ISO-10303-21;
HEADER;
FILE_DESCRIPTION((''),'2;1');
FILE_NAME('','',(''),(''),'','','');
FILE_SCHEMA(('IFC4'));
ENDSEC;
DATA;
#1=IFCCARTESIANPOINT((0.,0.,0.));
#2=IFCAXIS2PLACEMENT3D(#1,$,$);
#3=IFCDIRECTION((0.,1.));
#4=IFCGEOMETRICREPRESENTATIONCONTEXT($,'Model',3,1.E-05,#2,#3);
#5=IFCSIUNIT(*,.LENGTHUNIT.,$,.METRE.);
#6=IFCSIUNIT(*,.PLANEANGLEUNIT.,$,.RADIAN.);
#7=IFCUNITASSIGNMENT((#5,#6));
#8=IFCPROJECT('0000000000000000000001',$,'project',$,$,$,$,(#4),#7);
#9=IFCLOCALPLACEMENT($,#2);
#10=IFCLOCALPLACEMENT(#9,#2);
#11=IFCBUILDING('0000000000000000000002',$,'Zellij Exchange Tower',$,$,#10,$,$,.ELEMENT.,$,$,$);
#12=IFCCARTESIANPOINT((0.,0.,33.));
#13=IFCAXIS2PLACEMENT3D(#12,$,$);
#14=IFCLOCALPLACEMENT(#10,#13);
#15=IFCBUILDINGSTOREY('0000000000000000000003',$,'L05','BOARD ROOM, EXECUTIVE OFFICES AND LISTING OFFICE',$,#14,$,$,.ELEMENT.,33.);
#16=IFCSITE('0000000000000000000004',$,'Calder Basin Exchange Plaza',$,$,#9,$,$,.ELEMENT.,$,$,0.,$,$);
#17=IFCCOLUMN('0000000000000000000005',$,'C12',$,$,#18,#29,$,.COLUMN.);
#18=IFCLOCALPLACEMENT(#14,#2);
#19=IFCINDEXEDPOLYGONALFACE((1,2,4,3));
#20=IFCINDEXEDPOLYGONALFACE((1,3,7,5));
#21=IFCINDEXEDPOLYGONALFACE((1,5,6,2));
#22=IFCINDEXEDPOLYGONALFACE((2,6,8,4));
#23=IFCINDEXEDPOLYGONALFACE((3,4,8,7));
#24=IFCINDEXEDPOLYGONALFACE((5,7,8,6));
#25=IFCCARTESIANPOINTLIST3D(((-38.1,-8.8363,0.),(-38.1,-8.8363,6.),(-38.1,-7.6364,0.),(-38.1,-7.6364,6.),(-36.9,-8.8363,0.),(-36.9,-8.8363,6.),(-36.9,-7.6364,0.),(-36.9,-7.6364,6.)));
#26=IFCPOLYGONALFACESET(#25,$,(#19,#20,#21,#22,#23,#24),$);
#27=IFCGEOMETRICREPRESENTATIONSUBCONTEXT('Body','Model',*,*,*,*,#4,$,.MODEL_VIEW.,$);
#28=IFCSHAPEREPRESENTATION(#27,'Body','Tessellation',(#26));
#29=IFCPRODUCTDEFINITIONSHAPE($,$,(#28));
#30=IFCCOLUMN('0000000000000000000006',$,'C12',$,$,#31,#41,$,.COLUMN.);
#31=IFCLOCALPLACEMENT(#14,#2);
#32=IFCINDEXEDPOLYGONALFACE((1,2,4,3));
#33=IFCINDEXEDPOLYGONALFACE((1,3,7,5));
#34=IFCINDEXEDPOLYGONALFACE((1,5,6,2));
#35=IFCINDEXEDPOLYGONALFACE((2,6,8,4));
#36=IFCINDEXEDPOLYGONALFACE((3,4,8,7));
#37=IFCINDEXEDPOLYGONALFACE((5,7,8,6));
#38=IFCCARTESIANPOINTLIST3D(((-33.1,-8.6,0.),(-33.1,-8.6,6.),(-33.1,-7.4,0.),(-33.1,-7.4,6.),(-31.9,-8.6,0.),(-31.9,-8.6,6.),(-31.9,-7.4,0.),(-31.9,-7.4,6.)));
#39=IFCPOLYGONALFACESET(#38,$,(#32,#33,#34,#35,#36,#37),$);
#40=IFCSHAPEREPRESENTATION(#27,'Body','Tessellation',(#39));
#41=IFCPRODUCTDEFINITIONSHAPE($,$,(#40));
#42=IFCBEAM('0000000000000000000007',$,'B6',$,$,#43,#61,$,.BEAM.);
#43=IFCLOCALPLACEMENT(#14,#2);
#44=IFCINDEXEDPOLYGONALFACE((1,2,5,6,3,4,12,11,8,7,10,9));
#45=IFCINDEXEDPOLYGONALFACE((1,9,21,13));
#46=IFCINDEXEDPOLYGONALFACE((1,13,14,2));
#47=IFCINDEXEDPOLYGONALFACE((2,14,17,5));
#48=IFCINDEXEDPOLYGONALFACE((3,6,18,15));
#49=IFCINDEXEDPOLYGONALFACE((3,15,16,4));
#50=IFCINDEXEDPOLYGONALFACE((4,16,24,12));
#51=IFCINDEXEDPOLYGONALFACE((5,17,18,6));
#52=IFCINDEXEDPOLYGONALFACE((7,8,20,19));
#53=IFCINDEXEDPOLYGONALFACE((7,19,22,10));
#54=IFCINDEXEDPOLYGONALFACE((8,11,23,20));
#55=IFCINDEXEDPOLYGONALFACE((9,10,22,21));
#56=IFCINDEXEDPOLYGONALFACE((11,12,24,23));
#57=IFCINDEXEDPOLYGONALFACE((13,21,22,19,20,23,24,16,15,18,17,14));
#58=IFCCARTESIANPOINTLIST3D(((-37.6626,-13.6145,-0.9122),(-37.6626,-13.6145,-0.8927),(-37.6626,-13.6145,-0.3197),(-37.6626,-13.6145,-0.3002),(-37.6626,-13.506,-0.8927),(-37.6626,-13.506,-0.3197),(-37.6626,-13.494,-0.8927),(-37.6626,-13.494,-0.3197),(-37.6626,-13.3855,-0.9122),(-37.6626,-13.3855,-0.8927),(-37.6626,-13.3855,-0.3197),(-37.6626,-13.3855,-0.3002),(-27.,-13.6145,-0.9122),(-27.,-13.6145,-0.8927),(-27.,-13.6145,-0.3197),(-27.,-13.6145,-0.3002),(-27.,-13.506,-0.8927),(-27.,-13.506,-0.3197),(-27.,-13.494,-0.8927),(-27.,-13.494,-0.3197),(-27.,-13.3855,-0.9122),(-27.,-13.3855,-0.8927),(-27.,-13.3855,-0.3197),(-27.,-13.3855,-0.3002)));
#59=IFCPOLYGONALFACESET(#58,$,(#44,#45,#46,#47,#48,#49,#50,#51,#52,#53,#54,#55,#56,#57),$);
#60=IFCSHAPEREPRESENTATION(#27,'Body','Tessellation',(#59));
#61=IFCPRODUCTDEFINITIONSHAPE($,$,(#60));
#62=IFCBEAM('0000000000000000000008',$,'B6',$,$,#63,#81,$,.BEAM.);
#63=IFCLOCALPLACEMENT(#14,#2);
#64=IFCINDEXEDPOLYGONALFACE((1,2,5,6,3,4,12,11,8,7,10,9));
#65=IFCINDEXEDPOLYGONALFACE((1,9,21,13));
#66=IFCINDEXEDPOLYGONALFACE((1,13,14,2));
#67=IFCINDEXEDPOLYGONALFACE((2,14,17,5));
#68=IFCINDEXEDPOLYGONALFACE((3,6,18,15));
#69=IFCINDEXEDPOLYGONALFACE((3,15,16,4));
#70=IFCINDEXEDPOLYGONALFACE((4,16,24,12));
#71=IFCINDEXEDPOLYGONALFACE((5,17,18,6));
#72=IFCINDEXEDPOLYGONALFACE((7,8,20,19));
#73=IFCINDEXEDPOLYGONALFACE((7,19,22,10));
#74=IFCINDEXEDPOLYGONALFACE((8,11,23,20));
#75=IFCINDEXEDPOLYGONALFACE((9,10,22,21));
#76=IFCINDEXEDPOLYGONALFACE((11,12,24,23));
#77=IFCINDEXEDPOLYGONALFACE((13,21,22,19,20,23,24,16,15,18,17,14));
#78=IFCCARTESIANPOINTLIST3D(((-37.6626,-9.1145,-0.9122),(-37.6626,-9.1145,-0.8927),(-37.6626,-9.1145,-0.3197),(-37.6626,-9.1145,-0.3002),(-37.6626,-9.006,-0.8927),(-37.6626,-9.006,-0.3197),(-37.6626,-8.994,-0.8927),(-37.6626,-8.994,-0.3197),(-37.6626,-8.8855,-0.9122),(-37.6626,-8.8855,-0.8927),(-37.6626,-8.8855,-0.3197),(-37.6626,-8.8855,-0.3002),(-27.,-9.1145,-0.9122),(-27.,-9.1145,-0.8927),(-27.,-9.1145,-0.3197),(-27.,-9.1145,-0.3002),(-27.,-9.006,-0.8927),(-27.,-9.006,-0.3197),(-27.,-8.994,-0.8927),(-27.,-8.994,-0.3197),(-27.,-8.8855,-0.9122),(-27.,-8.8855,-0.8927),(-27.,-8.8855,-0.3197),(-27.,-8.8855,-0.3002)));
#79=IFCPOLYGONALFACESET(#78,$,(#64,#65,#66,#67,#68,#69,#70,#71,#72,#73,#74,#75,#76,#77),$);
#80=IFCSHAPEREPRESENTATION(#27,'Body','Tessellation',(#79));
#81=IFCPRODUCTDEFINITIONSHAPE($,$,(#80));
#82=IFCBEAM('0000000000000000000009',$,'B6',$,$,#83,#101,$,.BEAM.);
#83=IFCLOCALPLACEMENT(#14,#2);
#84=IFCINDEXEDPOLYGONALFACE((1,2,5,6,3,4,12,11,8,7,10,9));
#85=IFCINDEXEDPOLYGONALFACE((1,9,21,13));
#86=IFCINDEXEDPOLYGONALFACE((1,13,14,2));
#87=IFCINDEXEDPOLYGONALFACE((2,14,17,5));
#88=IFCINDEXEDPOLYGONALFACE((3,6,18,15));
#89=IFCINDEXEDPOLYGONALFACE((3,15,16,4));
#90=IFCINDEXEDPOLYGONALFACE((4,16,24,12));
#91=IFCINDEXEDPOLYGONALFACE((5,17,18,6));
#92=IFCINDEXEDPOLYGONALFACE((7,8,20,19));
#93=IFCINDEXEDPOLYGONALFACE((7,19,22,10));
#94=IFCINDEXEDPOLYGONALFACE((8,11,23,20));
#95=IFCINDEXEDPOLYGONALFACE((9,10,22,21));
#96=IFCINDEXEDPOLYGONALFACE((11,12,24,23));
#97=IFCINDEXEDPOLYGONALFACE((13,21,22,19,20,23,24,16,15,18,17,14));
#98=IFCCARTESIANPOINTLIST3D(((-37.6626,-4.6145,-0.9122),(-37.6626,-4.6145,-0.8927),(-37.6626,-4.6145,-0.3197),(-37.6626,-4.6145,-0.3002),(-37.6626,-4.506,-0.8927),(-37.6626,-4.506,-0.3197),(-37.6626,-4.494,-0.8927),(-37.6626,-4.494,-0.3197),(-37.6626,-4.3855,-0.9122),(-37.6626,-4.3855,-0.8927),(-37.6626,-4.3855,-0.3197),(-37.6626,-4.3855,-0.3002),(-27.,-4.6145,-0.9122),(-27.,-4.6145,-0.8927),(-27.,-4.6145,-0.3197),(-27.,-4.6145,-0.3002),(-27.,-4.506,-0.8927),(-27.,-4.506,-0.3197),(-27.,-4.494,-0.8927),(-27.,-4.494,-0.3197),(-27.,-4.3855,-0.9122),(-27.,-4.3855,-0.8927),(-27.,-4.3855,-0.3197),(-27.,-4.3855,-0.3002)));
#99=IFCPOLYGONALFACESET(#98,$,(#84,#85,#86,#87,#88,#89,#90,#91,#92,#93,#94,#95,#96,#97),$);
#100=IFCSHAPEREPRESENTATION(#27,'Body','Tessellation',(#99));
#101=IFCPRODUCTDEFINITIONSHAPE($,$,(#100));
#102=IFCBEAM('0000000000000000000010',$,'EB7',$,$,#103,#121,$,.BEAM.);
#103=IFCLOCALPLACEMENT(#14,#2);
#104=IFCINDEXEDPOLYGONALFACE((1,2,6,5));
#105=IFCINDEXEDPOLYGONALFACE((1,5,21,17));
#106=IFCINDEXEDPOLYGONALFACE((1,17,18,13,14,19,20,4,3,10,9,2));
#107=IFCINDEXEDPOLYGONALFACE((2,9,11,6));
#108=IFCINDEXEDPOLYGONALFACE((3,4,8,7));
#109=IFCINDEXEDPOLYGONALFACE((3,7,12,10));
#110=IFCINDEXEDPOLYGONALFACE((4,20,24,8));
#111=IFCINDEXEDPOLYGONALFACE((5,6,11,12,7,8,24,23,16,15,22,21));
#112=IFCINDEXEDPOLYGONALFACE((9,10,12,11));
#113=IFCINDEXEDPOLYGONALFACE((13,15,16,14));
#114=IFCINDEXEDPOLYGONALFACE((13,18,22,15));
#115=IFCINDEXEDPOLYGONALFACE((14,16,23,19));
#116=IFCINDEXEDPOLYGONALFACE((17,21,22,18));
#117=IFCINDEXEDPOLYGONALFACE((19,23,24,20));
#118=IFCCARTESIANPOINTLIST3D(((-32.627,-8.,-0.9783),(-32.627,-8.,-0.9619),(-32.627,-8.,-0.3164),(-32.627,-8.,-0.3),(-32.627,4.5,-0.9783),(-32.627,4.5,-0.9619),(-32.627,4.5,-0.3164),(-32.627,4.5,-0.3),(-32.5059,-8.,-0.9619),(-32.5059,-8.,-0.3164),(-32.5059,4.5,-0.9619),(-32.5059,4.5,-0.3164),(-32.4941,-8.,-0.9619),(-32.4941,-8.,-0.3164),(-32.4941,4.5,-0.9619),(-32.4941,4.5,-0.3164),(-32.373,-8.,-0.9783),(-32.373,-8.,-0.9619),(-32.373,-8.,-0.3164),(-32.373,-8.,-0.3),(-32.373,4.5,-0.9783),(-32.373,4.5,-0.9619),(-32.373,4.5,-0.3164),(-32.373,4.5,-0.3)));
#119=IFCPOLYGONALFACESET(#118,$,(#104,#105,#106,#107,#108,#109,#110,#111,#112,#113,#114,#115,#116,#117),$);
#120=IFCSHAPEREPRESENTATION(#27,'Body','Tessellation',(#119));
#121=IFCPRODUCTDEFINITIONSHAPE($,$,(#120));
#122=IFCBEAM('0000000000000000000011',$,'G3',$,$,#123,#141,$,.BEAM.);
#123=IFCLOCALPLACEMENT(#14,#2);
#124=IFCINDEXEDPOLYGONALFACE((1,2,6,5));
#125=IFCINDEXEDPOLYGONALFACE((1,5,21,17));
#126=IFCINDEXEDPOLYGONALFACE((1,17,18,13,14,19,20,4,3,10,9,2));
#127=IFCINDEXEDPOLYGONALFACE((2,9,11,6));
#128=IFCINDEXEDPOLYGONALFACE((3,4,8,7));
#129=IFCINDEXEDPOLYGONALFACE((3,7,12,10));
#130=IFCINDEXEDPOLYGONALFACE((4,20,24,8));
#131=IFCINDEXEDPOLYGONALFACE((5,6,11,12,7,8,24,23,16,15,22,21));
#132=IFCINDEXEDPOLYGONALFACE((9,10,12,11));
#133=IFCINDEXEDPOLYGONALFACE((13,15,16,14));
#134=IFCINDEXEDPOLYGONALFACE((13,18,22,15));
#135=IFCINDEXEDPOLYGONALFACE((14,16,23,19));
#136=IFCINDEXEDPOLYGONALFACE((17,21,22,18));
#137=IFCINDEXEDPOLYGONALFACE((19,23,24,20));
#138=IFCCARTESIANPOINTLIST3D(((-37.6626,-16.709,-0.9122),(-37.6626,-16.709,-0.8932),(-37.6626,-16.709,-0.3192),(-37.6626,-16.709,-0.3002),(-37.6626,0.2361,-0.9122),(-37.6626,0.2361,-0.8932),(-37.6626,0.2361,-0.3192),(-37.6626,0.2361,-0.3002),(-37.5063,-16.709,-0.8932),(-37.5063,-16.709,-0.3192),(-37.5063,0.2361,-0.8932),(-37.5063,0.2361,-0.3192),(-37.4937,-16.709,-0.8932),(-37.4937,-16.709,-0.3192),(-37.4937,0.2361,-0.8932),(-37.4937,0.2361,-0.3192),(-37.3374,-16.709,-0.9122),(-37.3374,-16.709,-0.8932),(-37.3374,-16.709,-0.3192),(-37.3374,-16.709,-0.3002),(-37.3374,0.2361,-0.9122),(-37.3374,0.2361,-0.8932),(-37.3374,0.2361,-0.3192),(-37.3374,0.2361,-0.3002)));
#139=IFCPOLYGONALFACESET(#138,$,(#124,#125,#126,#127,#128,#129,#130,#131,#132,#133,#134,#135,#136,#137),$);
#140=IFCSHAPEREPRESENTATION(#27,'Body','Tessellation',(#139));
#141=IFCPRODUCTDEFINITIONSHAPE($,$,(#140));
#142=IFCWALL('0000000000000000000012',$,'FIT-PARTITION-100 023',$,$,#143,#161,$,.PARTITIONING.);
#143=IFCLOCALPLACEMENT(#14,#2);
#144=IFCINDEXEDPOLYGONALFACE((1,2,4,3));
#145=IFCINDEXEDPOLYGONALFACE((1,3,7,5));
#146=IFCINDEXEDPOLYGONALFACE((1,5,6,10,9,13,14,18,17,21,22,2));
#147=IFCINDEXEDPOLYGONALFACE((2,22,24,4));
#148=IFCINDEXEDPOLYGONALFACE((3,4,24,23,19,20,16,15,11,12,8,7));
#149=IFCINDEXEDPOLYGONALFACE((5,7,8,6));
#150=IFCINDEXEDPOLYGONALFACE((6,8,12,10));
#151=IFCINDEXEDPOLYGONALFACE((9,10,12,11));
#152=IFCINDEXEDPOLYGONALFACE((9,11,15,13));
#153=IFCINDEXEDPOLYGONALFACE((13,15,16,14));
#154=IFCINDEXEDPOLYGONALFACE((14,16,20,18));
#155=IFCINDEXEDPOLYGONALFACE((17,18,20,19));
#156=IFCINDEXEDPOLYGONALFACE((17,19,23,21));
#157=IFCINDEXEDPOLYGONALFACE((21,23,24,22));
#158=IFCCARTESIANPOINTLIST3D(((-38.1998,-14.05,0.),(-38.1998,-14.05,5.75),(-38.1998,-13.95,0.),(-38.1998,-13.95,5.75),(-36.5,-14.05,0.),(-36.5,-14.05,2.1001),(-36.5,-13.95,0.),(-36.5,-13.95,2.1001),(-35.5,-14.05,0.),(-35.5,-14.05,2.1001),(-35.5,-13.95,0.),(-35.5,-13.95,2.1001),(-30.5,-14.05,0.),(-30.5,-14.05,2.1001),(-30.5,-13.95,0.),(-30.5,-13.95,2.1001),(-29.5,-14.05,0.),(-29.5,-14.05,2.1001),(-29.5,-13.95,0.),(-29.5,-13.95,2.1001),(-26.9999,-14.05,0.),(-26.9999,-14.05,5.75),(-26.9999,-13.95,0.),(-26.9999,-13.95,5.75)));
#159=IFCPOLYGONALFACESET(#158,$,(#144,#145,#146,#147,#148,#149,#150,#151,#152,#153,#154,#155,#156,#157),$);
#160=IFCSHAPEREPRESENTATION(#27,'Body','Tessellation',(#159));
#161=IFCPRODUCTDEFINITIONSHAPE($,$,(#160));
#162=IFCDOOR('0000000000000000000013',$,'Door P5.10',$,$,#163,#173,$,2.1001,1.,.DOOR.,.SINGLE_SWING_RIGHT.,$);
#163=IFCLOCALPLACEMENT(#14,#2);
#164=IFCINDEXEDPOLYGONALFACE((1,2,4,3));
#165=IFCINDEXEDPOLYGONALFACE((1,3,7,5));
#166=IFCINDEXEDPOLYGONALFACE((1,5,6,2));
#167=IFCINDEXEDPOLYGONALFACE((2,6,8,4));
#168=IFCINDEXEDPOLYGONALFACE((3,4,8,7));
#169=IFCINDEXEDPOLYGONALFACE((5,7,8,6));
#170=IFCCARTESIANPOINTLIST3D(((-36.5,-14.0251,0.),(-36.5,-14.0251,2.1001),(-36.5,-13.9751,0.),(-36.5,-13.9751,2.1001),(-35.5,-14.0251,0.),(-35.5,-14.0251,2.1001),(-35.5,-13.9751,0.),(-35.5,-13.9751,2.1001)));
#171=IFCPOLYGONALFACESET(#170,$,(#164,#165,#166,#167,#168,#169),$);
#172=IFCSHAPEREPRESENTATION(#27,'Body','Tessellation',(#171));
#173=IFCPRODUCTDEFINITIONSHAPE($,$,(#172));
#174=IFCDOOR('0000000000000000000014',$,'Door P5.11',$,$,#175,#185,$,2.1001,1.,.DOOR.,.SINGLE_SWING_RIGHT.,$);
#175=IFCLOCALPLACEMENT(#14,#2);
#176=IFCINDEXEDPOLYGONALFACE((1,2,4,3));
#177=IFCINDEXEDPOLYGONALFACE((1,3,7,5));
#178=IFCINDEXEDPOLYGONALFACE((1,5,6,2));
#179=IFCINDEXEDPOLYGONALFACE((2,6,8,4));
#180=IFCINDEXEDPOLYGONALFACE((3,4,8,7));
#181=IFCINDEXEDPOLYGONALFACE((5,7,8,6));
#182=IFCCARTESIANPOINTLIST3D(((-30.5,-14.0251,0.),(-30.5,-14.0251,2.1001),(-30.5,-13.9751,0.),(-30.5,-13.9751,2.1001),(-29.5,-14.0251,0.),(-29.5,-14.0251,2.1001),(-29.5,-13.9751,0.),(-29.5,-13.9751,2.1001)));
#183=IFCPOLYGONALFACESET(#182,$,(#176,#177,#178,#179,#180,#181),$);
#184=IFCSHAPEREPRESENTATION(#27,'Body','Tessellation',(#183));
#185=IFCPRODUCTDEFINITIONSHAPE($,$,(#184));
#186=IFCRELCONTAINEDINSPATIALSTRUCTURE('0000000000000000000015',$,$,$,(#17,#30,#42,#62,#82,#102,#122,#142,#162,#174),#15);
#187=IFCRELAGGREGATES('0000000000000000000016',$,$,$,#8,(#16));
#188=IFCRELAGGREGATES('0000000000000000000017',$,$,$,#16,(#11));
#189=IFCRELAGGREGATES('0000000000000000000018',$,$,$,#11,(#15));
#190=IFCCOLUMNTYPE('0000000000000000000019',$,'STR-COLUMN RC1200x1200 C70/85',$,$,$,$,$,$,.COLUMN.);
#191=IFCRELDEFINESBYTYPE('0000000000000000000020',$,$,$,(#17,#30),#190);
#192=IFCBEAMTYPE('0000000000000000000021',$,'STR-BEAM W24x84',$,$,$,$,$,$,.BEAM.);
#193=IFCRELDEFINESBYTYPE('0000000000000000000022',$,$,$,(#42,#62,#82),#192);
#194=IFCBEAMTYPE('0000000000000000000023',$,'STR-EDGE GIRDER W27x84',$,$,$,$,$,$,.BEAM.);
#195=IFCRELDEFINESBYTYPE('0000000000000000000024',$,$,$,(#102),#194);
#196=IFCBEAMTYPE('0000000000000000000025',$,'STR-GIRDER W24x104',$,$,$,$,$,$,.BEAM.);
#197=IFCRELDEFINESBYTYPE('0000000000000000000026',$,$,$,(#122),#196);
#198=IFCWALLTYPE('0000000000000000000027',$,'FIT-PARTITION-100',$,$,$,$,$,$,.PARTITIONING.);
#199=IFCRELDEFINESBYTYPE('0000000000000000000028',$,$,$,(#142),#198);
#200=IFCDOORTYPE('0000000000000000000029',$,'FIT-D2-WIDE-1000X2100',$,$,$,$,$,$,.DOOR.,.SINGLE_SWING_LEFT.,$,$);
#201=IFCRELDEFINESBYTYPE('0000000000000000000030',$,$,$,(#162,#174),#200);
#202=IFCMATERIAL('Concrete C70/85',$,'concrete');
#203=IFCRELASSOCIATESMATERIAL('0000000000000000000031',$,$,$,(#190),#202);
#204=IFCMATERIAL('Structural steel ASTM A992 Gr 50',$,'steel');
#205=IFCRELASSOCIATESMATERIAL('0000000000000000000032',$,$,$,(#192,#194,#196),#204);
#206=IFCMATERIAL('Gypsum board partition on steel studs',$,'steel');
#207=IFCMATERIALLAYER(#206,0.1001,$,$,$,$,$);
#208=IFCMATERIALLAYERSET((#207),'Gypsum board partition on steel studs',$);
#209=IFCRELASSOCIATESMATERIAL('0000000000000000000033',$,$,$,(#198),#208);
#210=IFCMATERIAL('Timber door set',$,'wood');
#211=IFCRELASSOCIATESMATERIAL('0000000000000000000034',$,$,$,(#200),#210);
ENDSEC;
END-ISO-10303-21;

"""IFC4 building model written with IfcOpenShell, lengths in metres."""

from ifc_helpers import new_model, si_unit, direction, frame, frame_2d, origin, origin_2d, place, context, subcontext, project, spatial, rectangle, i_section, extrude, material, layer, layer_set, material_profile, profile_set, type_object, element, fill, save


model = new_model("IFC4")

# Units and contexts
model_context = context("Model", 3, precision=1e-05, world=origin(), true_north=direction((0.0, 1.0)))
body_context = subcontext(model_context, "Body", "Model", "MODEL_VIEW")
ifc_project = project(units=[si_unit("LENGTHUNIT", "METRE"), si_unit("PLANEANGLEUNIT", "RADIAN")], contexts=[model_context])

# Site, building, storey
site_placement = place(None, origin())
site = spatial("IfcSite", under=ifc_project, at=site_placement, Name="Calder Basin Exchange Plaza", CompositionType="ELEMENT", RefElevation=0.0)
building_placement = place(site_placement, origin())
building = spatial("IfcBuilding", under=site, at=building_placement, Name="Zellij Exchange Tower", CompositionType="ELEMENT")
storey_placement = place(building_placement, frame((0.0, 0.0, 33.0)))
storey = spatial("IfcBuildingStorey", under=building, at=storey_placement, Name="L05", Description="BOARD ROOM, EXECUTIVE OFFICES AND LISTING OFFICE", CompositionType="ELEMENT", Elevation=33.0)

# Columns
ifc_material_1 = material(Name="Concrete C70/85", Category="concrete")
ifc_material_profile_1 = material_profile(ifc_material_1, rectangle(XDim=1.2, YDim=1.2, at=origin_2d()), Name="STR-COLUMN RC1200x1200 C70/85")
ifc_profile_set_1 = profile_set([ifc_material_profile_1], Name="Concrete C70/85")
column_type = type_object("IfcColumnType", Name="STR-COLUMN RC1200x1200 C70/85", PredefinedType="COLUMN", material=ifc_profile_set_1)
for number, where, z_axis, x_axis, name in (
    (1, (-37.5, -8.2363, 0.0), (0.0, 0.0, 1.0), (1.0, 0.0, 0.0), "C12"),
    (2, (-32.5, -8.0, 0.0), (0.0, 0.0, 1.0), (1.0, 0.0, 0.0), "C12"),
):
    element("IfcColumn", number, at=place(storey_placement, frame(where, z_axis=z_axis, x_axis=x_axis)), inside=storey, type_object=column_type, Name=name, PredefinedType="COLUMN", context=body_context, shape_type="SweptSolid", body=[
        extrude(rectangle(XDim=1.2, YDim=1.2, at=origin_2d()), origin(), (0.0, 0.0, 1.0), 6.0),
    ])

# Beams
ifc_material_2 = material(Name="Structural steel ASTM A992 Gr 50", Category="steel")
ifc_material_profile_2 = material_profile(ifc_material_2, i_section(OverallWidth=0.229, OverallDepth=0.6121, WebThickness=0.012, FlangeThickness=0.0195, at=origin_2d()), Name="W24x84")
ifc_profile_set_2 = profile_set([ifc_material_profile_2], Name="Structural steel ASTM A992 Gr 50")
beam_type_1 = type_object("IfcBeamType", Name="STR-BEAM W24x84", PredefinedType="BEAM", material=ifc_profile_set_2)
for number, where, z_axis, x_axis, name in (
    (3, (-37.6626, -13.5, -0.6062), (1.0, 0.0, 0.0), (0.0, 1.0, 0.0), "B6"),
    (4, (-37.6626, -9.0, -0.6062), (1.0, 0.0, 0.0), (0.0, 1.0, 0.0), "B6"),
    (5, (-37.6626, -4.5, -0.6062), (1.0, 0.0, 0.0), (0.0, 1.0, 0.0), "B6"),
):
    element("IfcBeam", number, at=place(storey_placement, frame(where, z_axis=z_axis, x_axis=x_axis)), inside=storey, type_object=beam_type_1, Name=name, PredefinedType="BEAM", context=body_context, shape_type="SweptSolid", body=[
        extrude(i_section(OverallWidth=0.229, OverallDepth=0.6121, WebThickness=0.012, FlangeThickness=0.0195, at=origin_2d()), origin(), (0.0, 0.0, 1.0), 10.6626),
    ])
ifc_material_profile_3 = material_profile(ifc_material_2, i_section(OverallWidth=0.2539, OverallDepth=0.6782, WebThickness=0.0117, FlangeThickness=0.0164, at=origin_2d()), Name="W27x84")
ifc_profile_set_3 = profile_set([ifc_material_profile_3], Name="Structural steel ASTM A992 Gr 50")
beam_type_2 = type_object("IfcBeamType", Name="STR-EDGE GIRDER W27x84", PredefinedType="BEAM", material=ifc_profile_set_3)
beam_1_placement = place(storey_placement, frame((-32.5, -8.0, -0.6392), z_axis=(0.0, 1.0, 0.0), x_axis=(-1.0, 0.0, 0.0)))
element("IfcBeam", 6, at=beam_1_placement, inside=storey, type_object=beam_type_2, Name="EB7", PredefinedType="BEAM", context=body_context, shape_type="SweptSolid", body=[
    extrude(i_section(OverallWidth=0.2539, OverallDepth=0.6782, WebThickness=0.0117, FlangeThickness=0.0164, at=origin_2d()), origin(), (0.0, 0.0, 1.0), 12.5),
])
ifc_material_profile_4 = material_profile(ifc_material_2, i_section(OverallWidth=0.3252, OverallDepth=0.6121, WebThickness=0.0127, FlangeThickness=0.019, at=origin_2d()), Name="W24x104")
ifc_profile_set_4 = profile_set([ifc_material_profile_4], Name="Structural steel ASTM A992 Gr 50")
beam_type_3 = type_object("IfcBeamType", Name="STR-GIRDER W24x104", PredefinedType="BEAM", material=ifc_profile_set_4)
beam_2_placement = place(storey_placement, frame((-37.5, -16.709, -0.6062), z_axis=(0.0, 1.0, 0.0), x_axis=(-1.0, 0.0, 0.0)))
element("IfcBeam", 7, at=beam_2_placement, inside=storey, type_object=beam_type_3, Name="G3", PredefinedType="BEAM", context=body_context, shape_type="SweptSolid", body=[
    extrude(i_section(OverallWidth=0.3252, OverallDepth=0.6121, WebThickness=0.0127, FlangeThickness=0.019, at=origin_2d()), origin(), (0.0, 0.0, 1.0), 16.9451),
])

# Wall, openings, doors
ifc_material_3 = material(Name="Gypsum board partition on steel studs", Category="steel")
ifc_layer_1 = layer(ifc_material_3, 0.1001)
ifc_layer_set_1 = layer_set([ifc_layer_1], Name="Gypsum board partition on steel studs")
wall_type = type_object("IfcWallType", Name="FIT-PARTITION-100", PredefinedType="PARTITIONING", material=ifc_layer_set_1)
wall_placement = place(storey_placement, frame((-38.2, -14.0, 0.0), z_axis=(0.0, 0.0, 1.0), x_axis=(1.0, 0.0, 0.0)))
wall = element("IfcWall", 8, at=wall_placement, inside=storey, type_object=wall_type, Name="FIT-PARTITION-100 023", PredefinedType="PARTITIONING", context=body_context, shape_type="SweptSolid", body=[
    extrude(rectangle(XDim=11.2, YDim=0.1001, at=frame_2d((5.6001, 0.0))), origin(), (0.0, 0.0, 1.0), 5.75),
])
opening_1_placement = place(wall_placement, frame((1.7, 0.0, 0.0)))
opening_1 = element("IfcOpeningElement", 9, at=opening_1_placement, cuts=wall, PredefinedType="OPENING", context=body_context, shape_type="SweptSolid", body=[
    extrude(rectangle(XDim=1.0, YDim=2.1001, at=frame_2d((0.5, 1.05))), frame((0.0, 0.062, 0.0), z_axis=(0.0, -1.0, 0.0), x_axis=(1.0, 0.0, 0.0)), (0.0, 0.0, 1.0), 0.124),
])
opening_2_placement = place(wall_placement, frame((7.7, 0.0, 0.0)))
opening_2 = element("IfcOpeningElement", 10, at=opening_2_placement, cuts=wall, PredefinedType="OPENING", context=body_context, shape_type="SweptSolid", body=[
    extrude(rectangle(XDim=1.0, YDim=2.1001, at=frame_2d((0.5, 1.05))), frame((0.0, 0.062, 0.0), z_axis=(0.0, -1.0, 0.0), x_axis=(1.0, 0.0, 0.0)), (0.0, 0.0, 1.0), 0.124),
])
ifc_material_4 = material(Name="Timber door set", Category="wood")
door_type = type_object("IfcDoorType", Name="FIT-D2-WIDE-1000X2100", OperationType="SINGLE_SWING_LEFT", PredefinedType="DOOR", material=ifc_material_4)
door_1_placement = place(opening_1_placement, origin())
door_1 = element("IfcDoor", 11, at=door_1_placement, inside=storey, type_object=door_type, Name="Door P5.10", OperationType="SINGLE_SWING_RIGHT", OverallHeight=2.1001, OverallWidth=1.0, PredefinedType="DOOR", context=body_context, shape_type="SweptSolid", body=[
    extrude(rectangle(XDim=1.0, YDim=2.1001, at=frame_2d((0.5, 1.05))), frame((0.0, 0.0249, 0.0), z_axis=(0.0, -1.0, 0.0), x_axis=(1.0, 0.0, 0.0)), (0.0, 0.0, 1.0), 0.05),
])
fill(opening_1, door_1)
door_2_placement = place(opening_2_placement, origin())
door_2 = element("IfcDoor", 12, at=door_2_placement, inside=storey, type_object=door_type, Name="Door P5.11", OperationType="SINGLE_SWING_RIGHT", OverallHeight=2.1001, OverallWidth=1.0, PredefinedType="DOOR", context=body_context, shape_type="SweptSolid", body=[
    extrude(rectangle(XDim=1.0, YDim=2.1001, at=frame_2d((0.5, 1.05))), frame((0.0, 0.0249, 0.0), z_axis=(0.0, -1.0, 0.0), x_axis=(1.0, 0.0, 0.0)), (0.0, 0.0, 1.0), 0.05),
])
fill(opening_2, door_2)

save(model, "model.ifc")
